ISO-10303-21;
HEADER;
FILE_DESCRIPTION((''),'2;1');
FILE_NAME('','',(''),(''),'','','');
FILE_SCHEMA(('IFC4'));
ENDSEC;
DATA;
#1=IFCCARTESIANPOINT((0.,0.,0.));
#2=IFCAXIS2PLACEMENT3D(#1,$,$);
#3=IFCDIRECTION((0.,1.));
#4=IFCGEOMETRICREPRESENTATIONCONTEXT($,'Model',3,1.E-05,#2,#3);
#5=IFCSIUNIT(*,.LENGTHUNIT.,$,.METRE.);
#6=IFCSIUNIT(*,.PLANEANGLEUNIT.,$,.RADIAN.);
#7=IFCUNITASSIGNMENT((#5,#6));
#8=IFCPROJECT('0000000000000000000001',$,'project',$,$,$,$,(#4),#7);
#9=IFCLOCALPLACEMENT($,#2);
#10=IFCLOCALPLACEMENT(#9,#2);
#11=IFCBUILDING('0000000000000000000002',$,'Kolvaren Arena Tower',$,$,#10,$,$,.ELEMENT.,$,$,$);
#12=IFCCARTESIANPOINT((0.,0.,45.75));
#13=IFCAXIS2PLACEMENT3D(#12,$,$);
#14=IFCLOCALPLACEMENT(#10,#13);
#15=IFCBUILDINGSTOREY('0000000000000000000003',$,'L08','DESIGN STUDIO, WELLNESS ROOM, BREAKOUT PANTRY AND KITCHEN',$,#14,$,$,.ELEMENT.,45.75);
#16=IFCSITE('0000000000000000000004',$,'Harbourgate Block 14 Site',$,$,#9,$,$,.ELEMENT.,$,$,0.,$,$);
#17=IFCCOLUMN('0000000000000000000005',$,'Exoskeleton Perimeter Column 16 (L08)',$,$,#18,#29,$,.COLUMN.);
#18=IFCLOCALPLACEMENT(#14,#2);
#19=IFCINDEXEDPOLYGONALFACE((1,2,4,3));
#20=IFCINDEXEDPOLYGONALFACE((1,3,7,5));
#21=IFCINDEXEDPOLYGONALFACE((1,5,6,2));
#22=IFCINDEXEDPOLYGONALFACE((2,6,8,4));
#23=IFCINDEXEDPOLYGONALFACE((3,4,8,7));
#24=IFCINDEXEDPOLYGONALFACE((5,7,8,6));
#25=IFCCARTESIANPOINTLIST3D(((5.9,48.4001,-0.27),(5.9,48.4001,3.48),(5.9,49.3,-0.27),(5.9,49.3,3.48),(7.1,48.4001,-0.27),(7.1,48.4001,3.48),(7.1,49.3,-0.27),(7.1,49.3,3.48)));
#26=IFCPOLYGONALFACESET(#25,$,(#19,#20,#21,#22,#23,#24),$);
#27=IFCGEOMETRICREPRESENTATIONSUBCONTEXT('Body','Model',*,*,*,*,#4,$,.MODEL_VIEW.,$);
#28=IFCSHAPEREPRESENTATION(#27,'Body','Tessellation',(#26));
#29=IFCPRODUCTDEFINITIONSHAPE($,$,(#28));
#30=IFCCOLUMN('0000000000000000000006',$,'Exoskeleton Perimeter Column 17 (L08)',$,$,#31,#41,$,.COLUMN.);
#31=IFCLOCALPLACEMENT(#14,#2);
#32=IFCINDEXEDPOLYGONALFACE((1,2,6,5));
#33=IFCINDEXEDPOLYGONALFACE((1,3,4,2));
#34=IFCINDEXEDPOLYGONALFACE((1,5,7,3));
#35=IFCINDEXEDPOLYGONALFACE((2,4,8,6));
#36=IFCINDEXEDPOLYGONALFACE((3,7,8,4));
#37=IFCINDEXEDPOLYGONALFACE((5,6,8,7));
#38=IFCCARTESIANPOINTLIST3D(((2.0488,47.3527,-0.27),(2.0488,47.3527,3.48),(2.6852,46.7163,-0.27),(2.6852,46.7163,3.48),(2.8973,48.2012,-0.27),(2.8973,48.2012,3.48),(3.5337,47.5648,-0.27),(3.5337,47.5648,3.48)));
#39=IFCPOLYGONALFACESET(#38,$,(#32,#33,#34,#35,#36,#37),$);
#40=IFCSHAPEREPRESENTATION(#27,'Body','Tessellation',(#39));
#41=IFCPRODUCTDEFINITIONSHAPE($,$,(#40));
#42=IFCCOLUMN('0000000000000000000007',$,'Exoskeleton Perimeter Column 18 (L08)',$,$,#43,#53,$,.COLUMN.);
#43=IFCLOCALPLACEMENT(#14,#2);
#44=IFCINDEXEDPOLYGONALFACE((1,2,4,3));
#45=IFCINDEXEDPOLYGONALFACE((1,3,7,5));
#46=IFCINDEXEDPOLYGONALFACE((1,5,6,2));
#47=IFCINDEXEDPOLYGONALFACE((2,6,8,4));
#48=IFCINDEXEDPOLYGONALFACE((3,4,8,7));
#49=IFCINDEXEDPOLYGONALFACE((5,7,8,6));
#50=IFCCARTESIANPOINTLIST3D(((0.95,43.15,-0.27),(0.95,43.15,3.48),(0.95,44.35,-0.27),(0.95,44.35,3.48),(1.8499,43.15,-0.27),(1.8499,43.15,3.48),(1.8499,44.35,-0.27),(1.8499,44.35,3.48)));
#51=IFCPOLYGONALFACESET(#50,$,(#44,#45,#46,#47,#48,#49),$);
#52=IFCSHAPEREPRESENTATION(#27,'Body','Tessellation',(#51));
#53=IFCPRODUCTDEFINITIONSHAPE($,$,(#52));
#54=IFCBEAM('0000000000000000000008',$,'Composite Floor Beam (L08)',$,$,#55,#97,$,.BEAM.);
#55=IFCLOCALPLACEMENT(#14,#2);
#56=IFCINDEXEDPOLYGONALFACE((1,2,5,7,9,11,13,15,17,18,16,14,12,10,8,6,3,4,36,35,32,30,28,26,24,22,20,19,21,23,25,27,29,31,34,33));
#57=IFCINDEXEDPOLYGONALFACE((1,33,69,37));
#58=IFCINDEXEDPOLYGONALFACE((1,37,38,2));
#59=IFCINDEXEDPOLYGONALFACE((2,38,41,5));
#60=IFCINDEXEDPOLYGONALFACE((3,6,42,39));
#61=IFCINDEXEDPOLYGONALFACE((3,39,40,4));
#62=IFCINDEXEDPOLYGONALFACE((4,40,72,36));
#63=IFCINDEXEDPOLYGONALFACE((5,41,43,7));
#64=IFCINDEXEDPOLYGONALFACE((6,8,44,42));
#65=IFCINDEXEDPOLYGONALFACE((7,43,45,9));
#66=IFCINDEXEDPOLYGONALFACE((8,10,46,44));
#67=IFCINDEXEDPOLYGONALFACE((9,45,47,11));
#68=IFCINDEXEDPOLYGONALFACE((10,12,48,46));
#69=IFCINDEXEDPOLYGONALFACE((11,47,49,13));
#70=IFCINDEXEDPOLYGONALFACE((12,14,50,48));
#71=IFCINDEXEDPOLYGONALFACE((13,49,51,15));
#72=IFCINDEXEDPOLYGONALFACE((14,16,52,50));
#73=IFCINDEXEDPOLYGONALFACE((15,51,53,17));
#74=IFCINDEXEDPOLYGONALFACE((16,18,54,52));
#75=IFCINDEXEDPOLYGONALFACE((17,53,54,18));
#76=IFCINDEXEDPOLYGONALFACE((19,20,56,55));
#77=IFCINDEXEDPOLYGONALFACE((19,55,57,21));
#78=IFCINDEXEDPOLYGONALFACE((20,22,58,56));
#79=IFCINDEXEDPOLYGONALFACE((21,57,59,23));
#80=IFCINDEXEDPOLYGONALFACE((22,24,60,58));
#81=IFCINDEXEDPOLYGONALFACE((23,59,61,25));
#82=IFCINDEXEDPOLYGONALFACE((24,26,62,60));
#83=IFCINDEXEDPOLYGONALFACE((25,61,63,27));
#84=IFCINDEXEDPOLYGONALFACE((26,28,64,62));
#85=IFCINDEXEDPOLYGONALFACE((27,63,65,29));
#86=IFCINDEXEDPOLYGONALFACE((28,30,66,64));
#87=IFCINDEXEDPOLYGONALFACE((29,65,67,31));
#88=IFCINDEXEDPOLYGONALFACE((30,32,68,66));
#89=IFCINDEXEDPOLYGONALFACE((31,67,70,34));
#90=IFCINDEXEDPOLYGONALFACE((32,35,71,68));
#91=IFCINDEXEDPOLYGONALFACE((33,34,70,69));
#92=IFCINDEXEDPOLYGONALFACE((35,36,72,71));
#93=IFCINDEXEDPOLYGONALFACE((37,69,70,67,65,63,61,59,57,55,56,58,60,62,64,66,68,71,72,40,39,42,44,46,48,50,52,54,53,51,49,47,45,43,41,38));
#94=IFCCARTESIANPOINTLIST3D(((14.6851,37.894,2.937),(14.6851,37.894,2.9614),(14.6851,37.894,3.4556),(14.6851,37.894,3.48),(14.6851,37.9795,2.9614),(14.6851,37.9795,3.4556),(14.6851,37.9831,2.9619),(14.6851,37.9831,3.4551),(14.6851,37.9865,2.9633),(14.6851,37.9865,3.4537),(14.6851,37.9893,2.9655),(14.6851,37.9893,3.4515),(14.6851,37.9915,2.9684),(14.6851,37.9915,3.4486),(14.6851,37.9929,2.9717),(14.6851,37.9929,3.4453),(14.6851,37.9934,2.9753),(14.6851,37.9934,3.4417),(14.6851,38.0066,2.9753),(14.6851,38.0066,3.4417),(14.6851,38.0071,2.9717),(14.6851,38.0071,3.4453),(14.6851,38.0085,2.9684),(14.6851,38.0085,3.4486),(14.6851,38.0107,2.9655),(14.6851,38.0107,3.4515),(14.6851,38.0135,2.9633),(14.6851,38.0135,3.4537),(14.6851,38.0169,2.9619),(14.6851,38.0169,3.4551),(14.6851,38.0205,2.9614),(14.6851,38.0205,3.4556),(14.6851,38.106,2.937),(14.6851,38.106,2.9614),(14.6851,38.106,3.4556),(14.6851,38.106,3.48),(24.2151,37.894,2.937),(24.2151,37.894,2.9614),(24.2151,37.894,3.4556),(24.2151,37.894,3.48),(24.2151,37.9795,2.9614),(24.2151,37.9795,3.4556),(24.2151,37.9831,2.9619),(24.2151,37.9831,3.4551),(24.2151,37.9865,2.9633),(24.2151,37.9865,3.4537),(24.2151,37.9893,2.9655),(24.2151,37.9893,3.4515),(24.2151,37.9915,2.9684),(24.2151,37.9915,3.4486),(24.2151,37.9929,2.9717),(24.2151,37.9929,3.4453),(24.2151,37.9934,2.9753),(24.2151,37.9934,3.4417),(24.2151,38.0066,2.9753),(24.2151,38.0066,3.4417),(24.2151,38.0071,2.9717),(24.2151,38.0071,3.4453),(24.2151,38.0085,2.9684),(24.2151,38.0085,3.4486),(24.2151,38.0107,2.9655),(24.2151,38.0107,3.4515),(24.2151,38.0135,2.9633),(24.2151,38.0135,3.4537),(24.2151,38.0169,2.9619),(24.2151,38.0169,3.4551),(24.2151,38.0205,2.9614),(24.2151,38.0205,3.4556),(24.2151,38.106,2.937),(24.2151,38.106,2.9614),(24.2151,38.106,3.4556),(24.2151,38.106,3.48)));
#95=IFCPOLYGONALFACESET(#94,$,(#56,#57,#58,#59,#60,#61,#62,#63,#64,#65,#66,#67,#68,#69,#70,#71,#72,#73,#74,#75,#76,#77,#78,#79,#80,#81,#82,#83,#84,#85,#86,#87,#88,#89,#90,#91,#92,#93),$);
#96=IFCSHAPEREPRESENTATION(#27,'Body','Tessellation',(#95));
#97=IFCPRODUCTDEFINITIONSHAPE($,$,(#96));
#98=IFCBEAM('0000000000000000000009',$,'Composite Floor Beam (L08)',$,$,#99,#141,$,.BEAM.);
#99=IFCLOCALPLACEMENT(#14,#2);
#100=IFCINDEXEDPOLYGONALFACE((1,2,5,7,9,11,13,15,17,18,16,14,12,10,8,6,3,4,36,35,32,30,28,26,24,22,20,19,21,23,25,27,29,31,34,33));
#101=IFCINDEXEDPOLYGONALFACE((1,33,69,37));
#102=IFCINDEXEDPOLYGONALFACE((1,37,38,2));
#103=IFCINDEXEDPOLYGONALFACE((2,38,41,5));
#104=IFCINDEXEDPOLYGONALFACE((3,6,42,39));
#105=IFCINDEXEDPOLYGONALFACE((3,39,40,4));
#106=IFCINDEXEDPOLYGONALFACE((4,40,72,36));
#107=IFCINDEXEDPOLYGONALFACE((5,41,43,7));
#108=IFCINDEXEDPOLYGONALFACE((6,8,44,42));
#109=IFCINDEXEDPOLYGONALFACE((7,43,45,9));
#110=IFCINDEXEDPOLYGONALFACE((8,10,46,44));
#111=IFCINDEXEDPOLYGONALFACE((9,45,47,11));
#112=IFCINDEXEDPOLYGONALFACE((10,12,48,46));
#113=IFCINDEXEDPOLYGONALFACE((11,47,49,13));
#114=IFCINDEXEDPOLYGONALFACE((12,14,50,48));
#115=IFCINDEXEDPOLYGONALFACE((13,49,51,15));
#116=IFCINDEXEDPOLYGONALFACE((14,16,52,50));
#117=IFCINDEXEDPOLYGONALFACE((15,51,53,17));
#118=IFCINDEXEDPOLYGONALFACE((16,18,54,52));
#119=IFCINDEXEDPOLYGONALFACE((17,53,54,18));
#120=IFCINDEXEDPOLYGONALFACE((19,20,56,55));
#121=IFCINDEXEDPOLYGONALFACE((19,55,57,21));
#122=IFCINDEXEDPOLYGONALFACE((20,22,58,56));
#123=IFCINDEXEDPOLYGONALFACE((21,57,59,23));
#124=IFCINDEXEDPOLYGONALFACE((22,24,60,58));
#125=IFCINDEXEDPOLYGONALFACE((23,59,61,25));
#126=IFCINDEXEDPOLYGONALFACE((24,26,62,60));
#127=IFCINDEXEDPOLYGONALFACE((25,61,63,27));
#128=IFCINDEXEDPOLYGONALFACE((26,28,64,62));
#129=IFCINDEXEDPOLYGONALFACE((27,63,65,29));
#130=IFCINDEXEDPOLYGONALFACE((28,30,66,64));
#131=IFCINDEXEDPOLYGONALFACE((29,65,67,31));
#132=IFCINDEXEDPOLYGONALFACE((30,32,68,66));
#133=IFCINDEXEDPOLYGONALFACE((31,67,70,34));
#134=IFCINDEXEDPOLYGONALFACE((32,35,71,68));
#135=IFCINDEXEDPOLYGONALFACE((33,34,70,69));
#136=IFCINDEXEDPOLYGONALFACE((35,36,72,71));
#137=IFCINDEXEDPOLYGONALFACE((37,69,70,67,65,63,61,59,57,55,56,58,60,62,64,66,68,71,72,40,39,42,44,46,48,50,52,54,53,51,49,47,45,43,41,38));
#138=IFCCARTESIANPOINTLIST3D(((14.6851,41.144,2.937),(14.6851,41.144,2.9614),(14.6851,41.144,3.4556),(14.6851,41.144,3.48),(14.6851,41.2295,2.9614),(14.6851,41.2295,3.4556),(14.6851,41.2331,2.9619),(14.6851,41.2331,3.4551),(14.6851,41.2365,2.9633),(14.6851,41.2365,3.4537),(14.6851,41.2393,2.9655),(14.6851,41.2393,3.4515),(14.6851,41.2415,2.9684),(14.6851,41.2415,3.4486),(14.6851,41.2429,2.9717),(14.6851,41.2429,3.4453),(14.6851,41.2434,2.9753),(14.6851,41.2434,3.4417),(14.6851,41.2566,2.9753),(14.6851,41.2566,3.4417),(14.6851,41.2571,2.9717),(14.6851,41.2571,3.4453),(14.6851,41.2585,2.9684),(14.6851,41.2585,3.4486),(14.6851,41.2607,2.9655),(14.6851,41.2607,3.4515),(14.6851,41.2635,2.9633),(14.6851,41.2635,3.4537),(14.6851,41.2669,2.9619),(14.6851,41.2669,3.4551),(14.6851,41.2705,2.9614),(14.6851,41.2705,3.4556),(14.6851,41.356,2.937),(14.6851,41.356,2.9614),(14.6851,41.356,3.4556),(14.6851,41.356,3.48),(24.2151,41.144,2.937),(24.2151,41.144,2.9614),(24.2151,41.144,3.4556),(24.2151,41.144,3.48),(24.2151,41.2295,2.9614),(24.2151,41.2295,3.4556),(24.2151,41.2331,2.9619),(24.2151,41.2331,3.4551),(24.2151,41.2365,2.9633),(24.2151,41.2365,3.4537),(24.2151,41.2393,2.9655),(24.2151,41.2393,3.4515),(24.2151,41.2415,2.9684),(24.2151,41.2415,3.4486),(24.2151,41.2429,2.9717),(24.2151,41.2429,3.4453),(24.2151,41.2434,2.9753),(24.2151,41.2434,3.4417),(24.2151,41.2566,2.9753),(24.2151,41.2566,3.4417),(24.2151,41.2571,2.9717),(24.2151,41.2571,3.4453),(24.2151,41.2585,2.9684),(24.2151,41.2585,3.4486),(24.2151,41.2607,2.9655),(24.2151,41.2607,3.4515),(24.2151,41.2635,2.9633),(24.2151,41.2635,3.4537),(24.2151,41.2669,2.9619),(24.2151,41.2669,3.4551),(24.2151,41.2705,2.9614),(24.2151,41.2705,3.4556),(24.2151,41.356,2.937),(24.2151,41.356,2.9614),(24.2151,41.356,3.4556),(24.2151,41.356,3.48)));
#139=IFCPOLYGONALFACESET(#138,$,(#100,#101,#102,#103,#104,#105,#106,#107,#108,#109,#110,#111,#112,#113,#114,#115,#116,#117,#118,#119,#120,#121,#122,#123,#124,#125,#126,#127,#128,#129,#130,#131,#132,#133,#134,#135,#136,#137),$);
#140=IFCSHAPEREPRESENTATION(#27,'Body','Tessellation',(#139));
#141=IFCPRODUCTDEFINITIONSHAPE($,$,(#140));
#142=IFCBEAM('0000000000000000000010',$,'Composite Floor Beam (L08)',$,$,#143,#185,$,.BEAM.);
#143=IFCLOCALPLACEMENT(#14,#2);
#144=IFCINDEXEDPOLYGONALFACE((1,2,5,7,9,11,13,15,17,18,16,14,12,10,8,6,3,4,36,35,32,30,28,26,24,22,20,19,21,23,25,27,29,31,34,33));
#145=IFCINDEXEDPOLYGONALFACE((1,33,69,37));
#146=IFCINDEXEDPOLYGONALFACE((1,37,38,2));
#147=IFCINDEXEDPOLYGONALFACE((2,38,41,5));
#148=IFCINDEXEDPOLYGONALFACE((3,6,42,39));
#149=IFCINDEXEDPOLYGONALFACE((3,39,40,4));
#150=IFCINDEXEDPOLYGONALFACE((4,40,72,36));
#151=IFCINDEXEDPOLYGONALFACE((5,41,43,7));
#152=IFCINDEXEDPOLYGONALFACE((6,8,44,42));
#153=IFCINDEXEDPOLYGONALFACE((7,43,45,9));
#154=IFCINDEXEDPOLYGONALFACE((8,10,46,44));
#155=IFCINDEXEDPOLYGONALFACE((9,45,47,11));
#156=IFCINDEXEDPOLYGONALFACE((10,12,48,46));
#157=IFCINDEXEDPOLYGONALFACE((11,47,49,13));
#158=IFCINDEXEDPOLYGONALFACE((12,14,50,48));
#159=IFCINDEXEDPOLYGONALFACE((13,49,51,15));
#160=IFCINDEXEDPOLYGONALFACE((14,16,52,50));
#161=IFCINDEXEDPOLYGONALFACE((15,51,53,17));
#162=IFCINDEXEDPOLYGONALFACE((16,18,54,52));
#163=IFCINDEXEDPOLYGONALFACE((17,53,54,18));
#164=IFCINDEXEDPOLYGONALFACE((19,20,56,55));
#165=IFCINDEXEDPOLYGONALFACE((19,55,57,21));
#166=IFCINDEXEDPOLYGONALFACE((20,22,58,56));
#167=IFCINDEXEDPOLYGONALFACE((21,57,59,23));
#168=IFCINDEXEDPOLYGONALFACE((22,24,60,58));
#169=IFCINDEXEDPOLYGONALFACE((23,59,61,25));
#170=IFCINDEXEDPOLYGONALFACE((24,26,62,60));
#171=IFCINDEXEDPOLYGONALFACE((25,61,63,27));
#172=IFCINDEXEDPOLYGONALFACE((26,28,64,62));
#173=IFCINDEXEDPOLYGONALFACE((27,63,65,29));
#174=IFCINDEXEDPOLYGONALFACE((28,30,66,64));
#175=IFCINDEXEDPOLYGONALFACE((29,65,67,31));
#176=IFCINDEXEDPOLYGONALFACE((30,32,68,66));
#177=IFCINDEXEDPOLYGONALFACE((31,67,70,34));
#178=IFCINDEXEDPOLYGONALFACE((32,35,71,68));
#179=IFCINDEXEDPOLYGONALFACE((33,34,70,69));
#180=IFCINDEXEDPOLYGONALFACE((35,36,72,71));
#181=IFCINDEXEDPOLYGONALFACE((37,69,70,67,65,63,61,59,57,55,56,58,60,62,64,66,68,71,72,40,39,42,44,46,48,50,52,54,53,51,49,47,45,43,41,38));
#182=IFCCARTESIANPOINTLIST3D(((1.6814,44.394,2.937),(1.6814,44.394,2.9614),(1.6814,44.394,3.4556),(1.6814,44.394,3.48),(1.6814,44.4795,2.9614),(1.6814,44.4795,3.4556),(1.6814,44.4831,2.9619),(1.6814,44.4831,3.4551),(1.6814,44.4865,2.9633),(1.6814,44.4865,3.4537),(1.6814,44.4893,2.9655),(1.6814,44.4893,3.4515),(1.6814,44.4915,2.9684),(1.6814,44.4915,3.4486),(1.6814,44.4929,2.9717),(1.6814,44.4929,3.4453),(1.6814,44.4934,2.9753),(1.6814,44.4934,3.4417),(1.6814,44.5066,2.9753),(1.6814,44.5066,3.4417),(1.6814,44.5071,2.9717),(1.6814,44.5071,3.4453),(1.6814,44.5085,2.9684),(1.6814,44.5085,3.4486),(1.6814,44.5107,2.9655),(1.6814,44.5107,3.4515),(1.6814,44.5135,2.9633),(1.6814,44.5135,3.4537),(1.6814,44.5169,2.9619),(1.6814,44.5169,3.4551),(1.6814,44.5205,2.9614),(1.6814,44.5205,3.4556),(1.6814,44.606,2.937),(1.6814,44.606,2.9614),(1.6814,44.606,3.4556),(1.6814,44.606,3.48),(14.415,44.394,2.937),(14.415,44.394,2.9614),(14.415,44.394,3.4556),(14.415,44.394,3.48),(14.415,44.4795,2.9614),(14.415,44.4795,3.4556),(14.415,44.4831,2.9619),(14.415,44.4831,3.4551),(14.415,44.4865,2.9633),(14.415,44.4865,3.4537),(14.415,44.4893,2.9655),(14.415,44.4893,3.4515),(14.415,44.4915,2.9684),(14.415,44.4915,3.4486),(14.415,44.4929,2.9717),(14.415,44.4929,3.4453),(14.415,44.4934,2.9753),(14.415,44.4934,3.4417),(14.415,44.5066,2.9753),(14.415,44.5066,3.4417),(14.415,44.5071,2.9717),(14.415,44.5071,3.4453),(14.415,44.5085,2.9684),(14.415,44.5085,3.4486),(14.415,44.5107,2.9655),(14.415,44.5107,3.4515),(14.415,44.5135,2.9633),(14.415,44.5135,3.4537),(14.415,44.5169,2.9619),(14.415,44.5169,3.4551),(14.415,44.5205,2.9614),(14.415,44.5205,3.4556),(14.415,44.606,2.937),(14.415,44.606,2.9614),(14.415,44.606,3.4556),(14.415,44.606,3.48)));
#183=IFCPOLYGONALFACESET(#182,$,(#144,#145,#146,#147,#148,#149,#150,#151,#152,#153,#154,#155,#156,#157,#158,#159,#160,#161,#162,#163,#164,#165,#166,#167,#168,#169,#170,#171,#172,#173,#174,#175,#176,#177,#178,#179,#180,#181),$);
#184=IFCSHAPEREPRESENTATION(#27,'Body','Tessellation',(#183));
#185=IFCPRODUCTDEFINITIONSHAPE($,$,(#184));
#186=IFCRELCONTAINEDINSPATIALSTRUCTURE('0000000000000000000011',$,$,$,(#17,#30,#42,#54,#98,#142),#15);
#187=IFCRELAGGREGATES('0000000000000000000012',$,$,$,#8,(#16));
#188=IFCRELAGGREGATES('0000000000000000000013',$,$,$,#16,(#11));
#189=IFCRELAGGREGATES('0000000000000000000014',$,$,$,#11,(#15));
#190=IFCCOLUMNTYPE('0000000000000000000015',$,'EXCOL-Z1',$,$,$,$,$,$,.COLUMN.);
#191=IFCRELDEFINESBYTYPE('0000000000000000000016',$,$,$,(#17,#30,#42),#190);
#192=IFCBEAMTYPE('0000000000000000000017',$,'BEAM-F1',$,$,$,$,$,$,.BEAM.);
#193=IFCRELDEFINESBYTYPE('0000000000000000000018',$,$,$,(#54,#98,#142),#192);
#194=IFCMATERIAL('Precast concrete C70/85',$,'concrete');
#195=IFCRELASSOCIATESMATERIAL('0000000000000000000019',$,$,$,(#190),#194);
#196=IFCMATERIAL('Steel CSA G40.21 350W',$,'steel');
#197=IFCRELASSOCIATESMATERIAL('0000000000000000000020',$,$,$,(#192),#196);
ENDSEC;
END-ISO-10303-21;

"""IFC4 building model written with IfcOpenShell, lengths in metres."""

from ifc_helpers import new_model, si_unit, direction, frame, origin, origin_2d, place, context, subcontext, project, spatial, rectangle, i_section, extrude, material, material_profile, profile_set, type_object, element, save


model = new_model("IFC4")

# Units and contexts
model_context = context("Model", 3, precision=1e-05, world=origin(), true_north=direction((0.0, 1.0)))
body_context = subcontext(model_context, "Body", "Model", "MODEL_VIEW")
ifc_project = project(units=[si_unit("LENGTHUNIT", "METRE"), si_unit("PLANEANGLEUNIT", "RADIAN")], contexts=[model_context])

# Site, building, storey
site_placement = place(None, origin())
site = spatial("IfcSite", under=ifc_project, at=site_placement, Name="Harbourgate Block 14 Site", CompositionType="ELEMENT", RefElevation=0.0)
building_placement = place(site_placement, origin())
building = spatial("IfcBuilding", under=site, at=building_placement, Name="Kolvaren Arena Tower", CompositionType="ELEMENT")
storey_placement = place(building_placement, frame((0.0, 0.0, 45.75)))
storey = spatial("IfcBuildingStorey", under=building, at=storey_placement, Name="L08", Description="DESIGN STUDIO, WELLNESS ROOM, BREAKOUT PANTRY AND KITCHEN", CompositionType="ELEMENT", Elevation=45.75)

# Columns
ifc_material_1 = material(Name="Precast concrete C70/85", Category="concrete")
ifc_material_profile_1 = material_profile(ifc_material_1, rectangle(XDim=1.2, YDim=0.8999, at=origin_2d()), Name="RC-1200x900")
ifc_profile_set_1 = profile_set([ifc_material_profile_1], Name="Precast concrete C70/85")
column_type = type_object("IfcColumnType", Name="EXCOL-Z1", PredefinedType="COLUMN", material=ifc_profile_set_1)
for number, where, z_axis, x_axis, name in (
    (1, (6.5, 48.8501, -0.27), (0.0, 0.0, 1.0), (1.0, 0.0, 0.0), "Exoskeleton Perimeter Column 16 (L08)"),
    (2, (2.7913, 47.4587, -0.27), (0.0, 0.0, 1.0), (0.707107, 0.707107, 0.0), "Exoskeleton Perimeter Column 17 (L08)"),
    (3, (1.3999, 43.75, -0.27), (0.0, 0.0, 1.0), (0.0, 1.0, 0.0), "Exoskeleton Perimeter Column 18 (L08)"),
):
    element("IfcColumn", number, at=place(storey_placement, frame(where, z_axis=z_axis, x_axis=x_axis)), inside=storey, type_object=column_type, Name=name, PredefinedType="COLUMN", context=body_context, shape_type="SweptSolid", body=[
        extrude(rectangle(XDim=1.2, YDim=0.8999, at=origin_2d()), origin(), (0.0, 0.0, 1.0), 3.75),
    ])

# Beams
ifc_material_2 = material(Name="Steel CSA G40.21 350W", Category="steel")
ifc_material_profile_2 = material_profile(ifc_material_2, i_section(OverallWidth=0.2119, OverallDepth=0.543, WebThickness=0.0132, FlangeThickness=0.0244, FilletRadius=0.0139, at=origin_2d()), Name="W530x150")
ifc_profile_set_2 = profile_set([ifc_material_profile_2], Name="Steel CSA G40.21 350W")
beam_type_1 = type_object("IfcBeamType", Name="BEAM-F1", PredefinedType="BEAM", material=ifc_profile_set_2)
for number, where, z_axis, x_axis, name in (
    (4, (14.6851, 38.0, 3.2085), (1.0, 0.0, 0.0), (0.0, 1.0, 0.0), "Composite Floor Beam (L08)"),
    (5, (14.6851, 41.25, 3.2085), (1.0, 0.0, 0.0), (0.0, 1.0, 0.0), "Composite Floor Beam (L08)"),
):
    element("IfcBeam", number, at=place(storey_placement, frame(where, z_axis=z_axis, x_axis=x_axis)), inside=storey, type_object=beam_type_1, Name=name, PredefinedType="BEAM", context=body_context, shape_type="SweptSolid", body=[
        extrude(i_section(OverallWidth=0.2119, OverallDepth=0.543, WebThickness=0.0132, FlangeThickness=0.0244, FilletRadius=0.0139, at=origin_2d()), origin(), (0.0, 0.0, 1.0), 9.53),
    ])
beam_1_placement = place(storey_placement, frame((1.6814, 44.5, 3.2085), z_axis=(1.0, 0.0, 0.0), x_axis=(0.0, 1.0, 0.0)))
element("IfcBeam", 6, at=beam_1_placement, inside=storey, type_object=beam_type_1, Name="Composite Floor Beam (L08)", PredefinedType="BEAM", context=body_context, shape_type="SweptSolid", body=[
    extrude(i_section(OverallWidth=0.2119, OverallDepth=0.543, WebThickness=0.0132, FlangeThickness=0.0244, FilletRadius=0.0139, at=origin_2d()), origin(), (0.0, 0.0, 1.0), 12.7336),
])

save(model, "model.ifc")
